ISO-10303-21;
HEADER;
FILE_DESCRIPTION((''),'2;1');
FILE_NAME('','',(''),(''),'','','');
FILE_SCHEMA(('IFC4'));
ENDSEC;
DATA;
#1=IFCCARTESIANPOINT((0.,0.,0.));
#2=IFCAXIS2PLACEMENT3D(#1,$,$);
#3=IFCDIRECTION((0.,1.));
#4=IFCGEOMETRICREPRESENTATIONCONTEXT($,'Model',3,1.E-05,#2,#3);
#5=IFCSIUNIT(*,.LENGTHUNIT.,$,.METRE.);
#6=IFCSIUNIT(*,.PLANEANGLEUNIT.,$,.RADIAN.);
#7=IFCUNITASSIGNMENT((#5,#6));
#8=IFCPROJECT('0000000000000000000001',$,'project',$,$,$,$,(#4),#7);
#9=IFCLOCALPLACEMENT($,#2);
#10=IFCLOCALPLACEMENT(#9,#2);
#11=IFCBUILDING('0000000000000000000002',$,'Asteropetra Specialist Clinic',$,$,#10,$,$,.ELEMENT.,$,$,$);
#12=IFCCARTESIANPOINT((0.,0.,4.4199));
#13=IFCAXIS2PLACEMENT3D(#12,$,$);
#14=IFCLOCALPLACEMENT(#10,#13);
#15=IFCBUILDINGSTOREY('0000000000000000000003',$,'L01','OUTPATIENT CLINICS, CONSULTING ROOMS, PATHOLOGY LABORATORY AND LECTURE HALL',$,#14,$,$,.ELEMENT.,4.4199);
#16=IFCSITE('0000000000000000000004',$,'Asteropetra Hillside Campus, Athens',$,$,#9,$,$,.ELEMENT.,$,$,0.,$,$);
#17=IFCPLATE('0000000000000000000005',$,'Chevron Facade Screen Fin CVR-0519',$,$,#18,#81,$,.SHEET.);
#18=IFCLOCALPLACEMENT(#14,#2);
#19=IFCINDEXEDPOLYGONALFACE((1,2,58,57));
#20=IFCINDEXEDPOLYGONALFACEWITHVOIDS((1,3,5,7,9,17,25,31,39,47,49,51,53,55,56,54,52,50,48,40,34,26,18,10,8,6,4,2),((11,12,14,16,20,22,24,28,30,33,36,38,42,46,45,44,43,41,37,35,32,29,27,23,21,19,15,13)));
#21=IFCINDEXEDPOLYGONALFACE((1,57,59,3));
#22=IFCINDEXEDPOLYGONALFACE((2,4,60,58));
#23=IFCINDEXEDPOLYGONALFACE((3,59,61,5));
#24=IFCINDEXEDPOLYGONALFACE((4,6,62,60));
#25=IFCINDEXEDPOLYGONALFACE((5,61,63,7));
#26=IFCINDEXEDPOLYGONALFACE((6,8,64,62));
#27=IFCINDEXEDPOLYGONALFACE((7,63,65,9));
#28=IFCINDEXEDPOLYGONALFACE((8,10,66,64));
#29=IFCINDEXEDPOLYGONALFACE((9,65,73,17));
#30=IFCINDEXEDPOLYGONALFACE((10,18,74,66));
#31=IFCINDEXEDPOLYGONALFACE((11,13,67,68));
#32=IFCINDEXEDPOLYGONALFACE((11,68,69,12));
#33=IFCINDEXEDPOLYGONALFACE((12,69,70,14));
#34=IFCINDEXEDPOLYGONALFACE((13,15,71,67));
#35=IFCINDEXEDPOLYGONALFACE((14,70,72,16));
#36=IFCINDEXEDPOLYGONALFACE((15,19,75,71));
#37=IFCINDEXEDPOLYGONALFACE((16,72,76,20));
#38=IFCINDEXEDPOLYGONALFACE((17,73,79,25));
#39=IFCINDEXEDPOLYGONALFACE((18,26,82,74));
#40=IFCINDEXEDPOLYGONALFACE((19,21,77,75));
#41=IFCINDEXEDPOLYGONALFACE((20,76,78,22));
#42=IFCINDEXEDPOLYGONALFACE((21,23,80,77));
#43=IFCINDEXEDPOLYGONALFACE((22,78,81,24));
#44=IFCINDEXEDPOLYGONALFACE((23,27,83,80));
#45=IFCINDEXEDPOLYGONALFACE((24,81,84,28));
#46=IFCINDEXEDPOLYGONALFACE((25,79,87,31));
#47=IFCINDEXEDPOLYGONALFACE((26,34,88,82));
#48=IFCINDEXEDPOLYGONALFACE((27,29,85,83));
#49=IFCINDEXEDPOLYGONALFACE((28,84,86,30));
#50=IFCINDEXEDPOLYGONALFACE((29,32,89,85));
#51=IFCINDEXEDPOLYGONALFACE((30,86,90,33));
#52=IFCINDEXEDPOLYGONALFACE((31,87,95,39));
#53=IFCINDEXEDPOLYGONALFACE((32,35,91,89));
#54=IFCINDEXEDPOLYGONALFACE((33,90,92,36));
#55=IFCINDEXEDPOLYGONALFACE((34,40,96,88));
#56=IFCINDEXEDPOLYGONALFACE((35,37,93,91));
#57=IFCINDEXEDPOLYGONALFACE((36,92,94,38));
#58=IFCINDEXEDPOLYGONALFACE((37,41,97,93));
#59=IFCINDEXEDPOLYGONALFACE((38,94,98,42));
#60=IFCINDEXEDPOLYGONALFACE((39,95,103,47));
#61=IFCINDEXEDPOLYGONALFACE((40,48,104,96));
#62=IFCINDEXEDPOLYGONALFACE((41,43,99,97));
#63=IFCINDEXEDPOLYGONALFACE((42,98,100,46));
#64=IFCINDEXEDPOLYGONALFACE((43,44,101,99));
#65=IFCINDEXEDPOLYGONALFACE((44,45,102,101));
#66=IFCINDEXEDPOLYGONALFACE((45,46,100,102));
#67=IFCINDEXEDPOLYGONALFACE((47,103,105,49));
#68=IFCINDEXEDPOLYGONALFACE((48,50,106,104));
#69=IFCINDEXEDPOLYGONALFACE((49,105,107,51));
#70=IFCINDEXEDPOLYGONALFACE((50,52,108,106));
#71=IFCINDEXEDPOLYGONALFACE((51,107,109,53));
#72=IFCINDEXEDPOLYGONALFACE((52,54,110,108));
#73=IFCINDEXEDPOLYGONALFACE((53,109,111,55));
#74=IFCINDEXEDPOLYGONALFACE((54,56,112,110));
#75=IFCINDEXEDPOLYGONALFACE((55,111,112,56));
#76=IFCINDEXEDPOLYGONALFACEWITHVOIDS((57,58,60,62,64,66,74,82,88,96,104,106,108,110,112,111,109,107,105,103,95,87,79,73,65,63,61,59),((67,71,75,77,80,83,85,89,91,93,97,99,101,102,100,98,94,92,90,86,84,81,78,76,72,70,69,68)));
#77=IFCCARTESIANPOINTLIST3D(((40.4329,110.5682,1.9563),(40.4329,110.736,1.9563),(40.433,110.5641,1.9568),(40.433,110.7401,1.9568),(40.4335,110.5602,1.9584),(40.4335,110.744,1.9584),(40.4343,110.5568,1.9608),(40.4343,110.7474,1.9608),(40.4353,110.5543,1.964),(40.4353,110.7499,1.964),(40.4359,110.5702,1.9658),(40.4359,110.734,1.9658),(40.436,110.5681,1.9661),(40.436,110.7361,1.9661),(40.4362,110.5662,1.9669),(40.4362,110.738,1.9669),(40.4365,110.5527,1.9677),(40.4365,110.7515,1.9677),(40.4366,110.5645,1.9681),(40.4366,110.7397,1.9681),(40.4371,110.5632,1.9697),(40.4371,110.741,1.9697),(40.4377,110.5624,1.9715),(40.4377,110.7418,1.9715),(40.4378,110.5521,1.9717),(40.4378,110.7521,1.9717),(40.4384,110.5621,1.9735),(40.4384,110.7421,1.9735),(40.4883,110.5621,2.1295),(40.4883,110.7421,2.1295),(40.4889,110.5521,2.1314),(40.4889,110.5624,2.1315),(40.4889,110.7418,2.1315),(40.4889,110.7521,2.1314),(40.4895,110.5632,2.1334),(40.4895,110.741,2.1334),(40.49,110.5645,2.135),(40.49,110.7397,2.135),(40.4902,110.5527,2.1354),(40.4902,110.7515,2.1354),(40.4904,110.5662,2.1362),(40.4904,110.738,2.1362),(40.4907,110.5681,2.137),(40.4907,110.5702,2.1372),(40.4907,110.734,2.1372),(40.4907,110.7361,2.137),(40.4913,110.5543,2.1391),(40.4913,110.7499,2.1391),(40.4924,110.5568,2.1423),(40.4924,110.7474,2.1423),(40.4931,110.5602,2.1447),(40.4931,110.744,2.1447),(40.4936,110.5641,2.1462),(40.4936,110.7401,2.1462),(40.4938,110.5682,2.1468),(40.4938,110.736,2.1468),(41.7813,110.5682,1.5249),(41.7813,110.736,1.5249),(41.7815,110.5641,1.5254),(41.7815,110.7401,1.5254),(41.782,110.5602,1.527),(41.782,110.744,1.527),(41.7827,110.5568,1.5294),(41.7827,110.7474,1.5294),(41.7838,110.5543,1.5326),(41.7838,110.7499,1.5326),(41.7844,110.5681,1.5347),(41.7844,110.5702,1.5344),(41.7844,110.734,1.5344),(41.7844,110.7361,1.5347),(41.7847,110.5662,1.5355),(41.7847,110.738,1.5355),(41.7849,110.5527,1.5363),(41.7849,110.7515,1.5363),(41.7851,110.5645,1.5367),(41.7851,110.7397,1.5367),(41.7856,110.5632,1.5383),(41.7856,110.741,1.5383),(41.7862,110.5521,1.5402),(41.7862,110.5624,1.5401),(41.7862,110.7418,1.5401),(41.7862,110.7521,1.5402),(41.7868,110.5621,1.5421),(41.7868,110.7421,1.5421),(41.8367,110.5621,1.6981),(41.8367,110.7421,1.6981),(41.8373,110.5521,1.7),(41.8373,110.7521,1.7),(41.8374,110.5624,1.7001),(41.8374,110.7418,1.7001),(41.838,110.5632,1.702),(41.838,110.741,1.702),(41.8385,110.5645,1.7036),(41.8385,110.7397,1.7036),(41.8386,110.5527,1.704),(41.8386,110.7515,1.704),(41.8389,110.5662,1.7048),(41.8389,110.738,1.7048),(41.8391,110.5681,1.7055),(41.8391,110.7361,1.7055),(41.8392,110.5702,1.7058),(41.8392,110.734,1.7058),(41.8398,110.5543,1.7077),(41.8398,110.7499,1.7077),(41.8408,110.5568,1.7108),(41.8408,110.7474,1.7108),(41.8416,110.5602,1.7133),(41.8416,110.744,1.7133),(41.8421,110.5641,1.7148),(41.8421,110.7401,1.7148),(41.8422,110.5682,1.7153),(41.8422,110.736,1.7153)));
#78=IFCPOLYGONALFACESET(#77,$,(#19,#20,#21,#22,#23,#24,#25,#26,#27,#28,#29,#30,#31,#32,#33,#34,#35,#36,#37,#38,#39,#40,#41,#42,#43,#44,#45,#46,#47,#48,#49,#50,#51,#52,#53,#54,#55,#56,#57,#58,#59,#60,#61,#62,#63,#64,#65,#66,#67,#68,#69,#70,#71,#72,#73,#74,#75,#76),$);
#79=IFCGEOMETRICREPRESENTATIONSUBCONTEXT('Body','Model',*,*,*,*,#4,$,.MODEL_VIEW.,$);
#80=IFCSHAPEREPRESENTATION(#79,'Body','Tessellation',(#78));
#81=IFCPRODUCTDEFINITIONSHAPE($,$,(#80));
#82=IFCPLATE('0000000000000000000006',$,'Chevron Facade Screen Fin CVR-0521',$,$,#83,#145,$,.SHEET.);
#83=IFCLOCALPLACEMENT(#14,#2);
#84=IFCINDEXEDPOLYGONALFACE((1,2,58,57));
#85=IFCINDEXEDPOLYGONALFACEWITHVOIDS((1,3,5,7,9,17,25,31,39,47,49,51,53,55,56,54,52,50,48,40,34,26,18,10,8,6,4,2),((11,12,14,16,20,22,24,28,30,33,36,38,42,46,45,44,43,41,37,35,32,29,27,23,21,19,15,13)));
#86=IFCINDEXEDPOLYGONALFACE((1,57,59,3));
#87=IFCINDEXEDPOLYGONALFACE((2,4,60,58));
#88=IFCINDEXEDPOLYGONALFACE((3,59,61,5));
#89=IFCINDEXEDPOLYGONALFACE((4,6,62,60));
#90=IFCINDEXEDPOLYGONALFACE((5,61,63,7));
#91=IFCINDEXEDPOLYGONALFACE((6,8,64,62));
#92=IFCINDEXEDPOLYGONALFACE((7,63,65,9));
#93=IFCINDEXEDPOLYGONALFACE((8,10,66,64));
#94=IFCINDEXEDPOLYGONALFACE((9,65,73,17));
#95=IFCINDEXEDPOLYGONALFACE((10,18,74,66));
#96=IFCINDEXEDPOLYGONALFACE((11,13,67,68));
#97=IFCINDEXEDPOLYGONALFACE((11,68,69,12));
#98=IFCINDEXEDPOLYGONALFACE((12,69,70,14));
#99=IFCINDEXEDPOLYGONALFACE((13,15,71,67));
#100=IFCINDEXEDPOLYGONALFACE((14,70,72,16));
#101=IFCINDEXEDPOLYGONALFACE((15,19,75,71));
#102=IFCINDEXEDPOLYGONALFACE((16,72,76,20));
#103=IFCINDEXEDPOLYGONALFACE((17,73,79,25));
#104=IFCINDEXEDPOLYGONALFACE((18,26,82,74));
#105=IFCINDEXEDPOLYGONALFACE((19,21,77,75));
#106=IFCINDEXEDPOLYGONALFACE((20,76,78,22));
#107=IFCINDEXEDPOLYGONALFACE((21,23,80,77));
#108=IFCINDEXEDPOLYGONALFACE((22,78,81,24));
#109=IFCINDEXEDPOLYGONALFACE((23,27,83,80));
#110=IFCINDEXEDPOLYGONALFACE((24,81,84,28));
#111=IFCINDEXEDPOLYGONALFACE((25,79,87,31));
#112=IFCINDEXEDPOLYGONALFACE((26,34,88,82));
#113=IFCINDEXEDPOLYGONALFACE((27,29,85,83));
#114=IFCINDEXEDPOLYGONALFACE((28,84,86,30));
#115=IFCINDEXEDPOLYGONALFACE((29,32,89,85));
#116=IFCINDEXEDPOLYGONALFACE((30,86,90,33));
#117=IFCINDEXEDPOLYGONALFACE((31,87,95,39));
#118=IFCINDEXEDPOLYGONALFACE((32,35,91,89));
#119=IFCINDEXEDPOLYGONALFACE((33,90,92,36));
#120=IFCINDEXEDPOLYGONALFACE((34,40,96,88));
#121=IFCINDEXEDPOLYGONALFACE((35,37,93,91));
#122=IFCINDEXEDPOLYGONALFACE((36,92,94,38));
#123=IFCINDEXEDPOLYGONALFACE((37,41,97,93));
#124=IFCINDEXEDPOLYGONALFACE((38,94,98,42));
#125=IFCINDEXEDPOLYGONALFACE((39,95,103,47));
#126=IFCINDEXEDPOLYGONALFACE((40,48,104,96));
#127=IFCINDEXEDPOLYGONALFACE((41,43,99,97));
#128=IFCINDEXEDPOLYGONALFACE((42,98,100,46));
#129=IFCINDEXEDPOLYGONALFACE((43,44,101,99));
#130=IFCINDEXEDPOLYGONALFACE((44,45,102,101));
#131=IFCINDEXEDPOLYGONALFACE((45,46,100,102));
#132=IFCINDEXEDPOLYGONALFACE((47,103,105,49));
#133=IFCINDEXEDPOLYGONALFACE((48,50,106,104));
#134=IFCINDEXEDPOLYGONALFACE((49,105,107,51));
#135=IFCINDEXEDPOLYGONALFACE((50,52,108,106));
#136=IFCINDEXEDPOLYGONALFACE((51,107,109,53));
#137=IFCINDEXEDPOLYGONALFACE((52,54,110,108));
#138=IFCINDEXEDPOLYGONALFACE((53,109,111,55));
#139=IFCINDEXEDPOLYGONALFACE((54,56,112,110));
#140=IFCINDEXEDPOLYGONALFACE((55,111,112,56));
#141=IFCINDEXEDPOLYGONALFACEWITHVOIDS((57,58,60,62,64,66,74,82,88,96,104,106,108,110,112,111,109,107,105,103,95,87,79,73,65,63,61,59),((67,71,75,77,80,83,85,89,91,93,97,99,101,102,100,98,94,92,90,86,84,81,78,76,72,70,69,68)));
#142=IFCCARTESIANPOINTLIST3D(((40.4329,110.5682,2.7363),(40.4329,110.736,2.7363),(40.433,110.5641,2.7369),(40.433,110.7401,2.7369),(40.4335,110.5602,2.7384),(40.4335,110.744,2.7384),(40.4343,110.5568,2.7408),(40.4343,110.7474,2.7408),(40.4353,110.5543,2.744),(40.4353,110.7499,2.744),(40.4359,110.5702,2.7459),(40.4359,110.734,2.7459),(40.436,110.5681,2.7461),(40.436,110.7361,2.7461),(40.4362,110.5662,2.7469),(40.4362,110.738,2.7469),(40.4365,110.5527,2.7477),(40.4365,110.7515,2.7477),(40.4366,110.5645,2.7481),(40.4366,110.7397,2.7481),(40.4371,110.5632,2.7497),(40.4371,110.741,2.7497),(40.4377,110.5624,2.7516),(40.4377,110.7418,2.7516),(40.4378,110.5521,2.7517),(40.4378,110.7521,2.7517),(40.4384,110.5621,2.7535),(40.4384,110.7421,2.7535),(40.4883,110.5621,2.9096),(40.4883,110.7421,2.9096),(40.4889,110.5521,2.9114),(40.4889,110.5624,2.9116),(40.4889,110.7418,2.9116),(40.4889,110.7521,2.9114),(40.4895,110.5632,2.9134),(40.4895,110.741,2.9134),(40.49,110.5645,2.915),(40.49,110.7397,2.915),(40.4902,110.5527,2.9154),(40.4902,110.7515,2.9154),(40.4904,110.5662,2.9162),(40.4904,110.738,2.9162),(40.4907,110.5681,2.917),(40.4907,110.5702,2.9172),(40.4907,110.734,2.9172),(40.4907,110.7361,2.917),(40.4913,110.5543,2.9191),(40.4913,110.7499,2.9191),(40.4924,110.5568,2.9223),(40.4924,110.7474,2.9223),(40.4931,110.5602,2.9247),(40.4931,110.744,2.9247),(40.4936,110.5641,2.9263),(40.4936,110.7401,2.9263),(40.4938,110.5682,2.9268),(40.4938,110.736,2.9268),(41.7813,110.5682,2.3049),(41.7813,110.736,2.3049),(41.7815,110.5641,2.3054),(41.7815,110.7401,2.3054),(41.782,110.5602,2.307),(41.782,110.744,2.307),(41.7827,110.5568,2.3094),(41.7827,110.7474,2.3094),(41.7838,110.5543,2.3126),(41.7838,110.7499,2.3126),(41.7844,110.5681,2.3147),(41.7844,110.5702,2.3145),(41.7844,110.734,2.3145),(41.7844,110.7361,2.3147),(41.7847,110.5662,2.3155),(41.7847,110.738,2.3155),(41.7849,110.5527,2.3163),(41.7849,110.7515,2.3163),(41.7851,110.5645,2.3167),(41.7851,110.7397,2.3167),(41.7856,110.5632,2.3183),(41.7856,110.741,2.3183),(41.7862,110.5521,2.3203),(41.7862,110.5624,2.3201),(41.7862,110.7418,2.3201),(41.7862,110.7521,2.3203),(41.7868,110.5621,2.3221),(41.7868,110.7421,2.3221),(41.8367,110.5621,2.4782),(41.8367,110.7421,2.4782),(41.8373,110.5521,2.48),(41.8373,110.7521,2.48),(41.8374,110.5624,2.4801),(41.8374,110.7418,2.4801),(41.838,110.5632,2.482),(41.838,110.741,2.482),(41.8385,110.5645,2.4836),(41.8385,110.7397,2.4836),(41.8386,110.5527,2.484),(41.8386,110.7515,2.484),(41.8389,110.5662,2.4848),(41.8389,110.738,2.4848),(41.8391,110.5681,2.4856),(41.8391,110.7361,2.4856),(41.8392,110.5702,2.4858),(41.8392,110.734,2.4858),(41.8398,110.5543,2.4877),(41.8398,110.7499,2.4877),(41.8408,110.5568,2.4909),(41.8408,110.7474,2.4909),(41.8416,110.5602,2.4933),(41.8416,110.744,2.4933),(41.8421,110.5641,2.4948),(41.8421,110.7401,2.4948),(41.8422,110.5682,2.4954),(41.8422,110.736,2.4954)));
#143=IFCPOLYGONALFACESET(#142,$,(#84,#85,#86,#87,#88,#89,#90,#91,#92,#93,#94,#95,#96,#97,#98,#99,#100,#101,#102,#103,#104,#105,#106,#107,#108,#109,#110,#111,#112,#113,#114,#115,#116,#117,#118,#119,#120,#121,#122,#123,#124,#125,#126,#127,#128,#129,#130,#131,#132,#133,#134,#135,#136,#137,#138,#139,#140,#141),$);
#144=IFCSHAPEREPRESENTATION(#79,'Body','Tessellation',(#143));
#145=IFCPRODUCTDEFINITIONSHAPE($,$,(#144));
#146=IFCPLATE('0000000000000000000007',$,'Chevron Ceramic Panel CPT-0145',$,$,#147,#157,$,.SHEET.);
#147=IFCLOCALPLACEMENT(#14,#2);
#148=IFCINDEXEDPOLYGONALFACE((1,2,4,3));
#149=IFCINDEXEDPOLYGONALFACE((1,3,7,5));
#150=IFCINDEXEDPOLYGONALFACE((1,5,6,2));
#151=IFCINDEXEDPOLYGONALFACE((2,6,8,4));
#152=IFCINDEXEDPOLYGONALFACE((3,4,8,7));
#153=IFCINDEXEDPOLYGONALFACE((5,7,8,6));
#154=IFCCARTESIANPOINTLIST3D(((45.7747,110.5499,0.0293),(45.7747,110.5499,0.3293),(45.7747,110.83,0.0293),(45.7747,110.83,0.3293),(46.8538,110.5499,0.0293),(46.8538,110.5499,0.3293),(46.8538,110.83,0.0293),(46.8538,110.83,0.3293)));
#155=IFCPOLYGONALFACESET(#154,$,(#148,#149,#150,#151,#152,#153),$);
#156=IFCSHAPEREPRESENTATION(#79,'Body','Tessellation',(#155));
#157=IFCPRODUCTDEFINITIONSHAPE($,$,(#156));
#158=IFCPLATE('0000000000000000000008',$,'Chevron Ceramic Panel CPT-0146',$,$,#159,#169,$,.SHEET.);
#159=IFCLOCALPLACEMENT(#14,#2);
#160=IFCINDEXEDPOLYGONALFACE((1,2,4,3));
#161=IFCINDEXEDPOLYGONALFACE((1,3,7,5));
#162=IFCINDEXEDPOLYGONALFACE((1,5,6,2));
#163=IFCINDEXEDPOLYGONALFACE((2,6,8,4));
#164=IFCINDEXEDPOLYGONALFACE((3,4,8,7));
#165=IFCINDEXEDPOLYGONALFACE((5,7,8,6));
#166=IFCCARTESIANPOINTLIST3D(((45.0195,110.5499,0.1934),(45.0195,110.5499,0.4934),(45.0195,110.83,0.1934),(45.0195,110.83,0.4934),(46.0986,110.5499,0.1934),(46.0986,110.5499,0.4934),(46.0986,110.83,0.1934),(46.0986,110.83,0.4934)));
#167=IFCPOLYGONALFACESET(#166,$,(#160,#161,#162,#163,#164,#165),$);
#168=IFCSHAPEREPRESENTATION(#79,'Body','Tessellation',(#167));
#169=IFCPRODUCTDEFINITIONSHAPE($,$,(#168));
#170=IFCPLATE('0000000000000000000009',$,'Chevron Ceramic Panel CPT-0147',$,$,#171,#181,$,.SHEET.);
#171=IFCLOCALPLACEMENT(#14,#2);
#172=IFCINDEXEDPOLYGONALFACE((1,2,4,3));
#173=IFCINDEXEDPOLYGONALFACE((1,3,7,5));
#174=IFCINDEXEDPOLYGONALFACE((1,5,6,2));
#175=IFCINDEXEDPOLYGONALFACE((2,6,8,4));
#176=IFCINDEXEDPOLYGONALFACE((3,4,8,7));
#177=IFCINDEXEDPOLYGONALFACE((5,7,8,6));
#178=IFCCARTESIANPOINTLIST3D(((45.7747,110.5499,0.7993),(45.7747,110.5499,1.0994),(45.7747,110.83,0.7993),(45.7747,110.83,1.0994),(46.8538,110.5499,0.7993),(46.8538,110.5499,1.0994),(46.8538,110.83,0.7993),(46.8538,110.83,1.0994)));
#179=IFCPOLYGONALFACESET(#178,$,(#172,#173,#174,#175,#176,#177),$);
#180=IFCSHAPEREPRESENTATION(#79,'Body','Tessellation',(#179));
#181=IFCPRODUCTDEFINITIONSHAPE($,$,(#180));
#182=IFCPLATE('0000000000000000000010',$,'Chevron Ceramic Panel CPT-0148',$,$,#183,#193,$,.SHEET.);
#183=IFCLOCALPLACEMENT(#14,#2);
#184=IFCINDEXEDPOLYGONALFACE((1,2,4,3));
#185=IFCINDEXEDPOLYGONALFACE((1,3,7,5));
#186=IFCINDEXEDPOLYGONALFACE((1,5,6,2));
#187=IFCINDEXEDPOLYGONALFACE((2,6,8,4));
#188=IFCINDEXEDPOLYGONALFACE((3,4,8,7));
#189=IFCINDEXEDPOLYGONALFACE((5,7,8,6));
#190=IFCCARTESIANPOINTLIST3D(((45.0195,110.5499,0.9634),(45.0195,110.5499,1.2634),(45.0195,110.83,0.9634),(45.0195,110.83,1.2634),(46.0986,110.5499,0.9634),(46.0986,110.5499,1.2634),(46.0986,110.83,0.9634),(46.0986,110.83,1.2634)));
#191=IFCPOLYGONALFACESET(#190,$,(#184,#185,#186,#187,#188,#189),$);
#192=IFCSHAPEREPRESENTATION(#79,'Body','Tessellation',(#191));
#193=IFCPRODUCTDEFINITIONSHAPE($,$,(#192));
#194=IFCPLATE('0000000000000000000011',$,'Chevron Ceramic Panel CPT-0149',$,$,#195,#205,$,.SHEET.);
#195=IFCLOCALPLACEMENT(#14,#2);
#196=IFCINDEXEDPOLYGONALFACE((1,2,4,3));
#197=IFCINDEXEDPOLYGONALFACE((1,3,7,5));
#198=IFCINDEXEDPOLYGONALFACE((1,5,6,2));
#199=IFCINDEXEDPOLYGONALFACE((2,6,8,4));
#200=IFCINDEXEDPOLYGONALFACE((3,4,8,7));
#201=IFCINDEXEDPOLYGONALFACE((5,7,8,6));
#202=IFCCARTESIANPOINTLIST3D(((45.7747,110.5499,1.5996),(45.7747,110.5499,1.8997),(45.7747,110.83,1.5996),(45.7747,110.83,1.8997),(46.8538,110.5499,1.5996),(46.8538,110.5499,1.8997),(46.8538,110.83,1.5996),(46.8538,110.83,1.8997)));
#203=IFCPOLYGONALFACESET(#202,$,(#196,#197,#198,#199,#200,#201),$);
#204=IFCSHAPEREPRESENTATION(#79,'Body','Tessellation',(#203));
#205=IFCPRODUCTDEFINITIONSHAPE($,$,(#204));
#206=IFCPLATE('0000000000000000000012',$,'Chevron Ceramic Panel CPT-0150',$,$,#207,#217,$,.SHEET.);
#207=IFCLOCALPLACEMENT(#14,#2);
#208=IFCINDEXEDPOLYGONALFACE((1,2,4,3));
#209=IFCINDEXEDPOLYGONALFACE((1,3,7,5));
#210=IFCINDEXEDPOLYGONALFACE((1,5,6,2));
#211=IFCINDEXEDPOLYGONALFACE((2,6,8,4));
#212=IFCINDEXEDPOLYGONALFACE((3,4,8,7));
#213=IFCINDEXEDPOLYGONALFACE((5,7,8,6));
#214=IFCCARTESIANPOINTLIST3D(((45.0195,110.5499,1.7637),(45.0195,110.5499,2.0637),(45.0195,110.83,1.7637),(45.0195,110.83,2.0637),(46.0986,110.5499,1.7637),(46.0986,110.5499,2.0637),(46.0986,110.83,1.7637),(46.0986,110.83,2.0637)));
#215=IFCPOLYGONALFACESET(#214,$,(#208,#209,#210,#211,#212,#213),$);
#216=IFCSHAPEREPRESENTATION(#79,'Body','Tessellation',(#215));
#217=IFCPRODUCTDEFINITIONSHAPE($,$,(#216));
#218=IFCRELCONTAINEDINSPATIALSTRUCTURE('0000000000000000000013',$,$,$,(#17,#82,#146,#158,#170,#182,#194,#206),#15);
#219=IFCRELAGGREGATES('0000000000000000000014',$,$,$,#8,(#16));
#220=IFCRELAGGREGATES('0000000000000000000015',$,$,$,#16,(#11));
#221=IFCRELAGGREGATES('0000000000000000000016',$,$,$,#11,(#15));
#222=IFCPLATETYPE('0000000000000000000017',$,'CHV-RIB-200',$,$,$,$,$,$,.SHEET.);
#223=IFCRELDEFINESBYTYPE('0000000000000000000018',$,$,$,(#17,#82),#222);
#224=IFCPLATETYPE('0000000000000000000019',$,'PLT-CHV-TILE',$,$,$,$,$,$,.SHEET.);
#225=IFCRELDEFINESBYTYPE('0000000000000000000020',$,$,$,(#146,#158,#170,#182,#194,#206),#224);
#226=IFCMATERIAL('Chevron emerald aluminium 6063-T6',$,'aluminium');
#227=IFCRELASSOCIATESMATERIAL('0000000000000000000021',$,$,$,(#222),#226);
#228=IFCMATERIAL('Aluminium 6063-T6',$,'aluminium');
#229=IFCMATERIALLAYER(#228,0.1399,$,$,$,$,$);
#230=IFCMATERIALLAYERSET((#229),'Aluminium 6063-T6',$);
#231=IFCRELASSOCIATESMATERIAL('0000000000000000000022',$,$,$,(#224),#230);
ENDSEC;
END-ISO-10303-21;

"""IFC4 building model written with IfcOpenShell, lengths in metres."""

from ifc_helpers import new_model, si_unit, direction, frame, origin, origin_2d, place, context, subcontext, project, spatial, rectangle, hollow_rectangle, extrude, material, layer, layer_set, material_profile, profile_set, type_object, element, save


model = new_model("IFC4")

# Units and contexts
model_context = context("Model", 3, precision=1e-05, world=origin(), true_north=direction((0.0, 1.0)))
body_context = subcontext(model_context, "Body", "Model", "MODEL_VIEW")
ifc_project = project(units=[si_unit("LENGTHUNIT", "METRE"), si_unit("PLANEANGLEUNIT", "RADIAN")], contexts=[model_context])

# Site, building, storey
site_placement = place(None, origin())
site = spatial("IfcSite", under=ifc_project, at=site_placement, Name="Asteropetra Hillside Campus, Athens", CompositionType="ELEMENT", RefElevation=0.0)
building_placement = place(site_placement, origin())
building = spatial("IfcBuilding", under=site, at=building_placement, Name="Asteropetra Specialist Clinic", CompositionType="ELEMENT")
storey_placement = place(building_placement, frame((0.0, 0.0, 4.4199)))
storey = spatial("IfcBuildingStorey", under=building, at=storey_placement, Name="L01", Description="OUTPATIENT CLINICS, CONSULTING ROOMS, PATHOLOGY LABORATORY AND LECTURE HALL", CompositionType="ELEMENT", Elevation=4.4199)

# Plates
ifc_material_1 = material(Name="Chevron emerald aluminium 6063-T6", Category="aluminium")
ifc_material_profile = material_profile(ifc_material_1, hollow_rectangle(XDim=0.2, YDim=0.2, WallThickness=0.01, InnerFilletRadius=0.0081, OuterFilletRadius=0.0161, at=origin_2d()), Name="SHS 200x200x10.0")
ifc_profile_set = profile_set([ifc_material_profile], Name="Chevron emerald aluminium 6063-T6")
plate_type_1 = type_object("IfcPlateType", Name="CHV-RIB-200", PredefinedType="SHEET", material=ifc_profile_set)
for number, where, z_axis, x_axis, name in (
    (1, (41.8118, 110.6521, 1.6201), (-0.952442, 0.0, 0.304719), (0.0, -1.0, 0.0), "Chevron Facade Screen Fin CVR-0519"),
    (2, (41.8118, 110.6521, 2.4001), (-0.952442, 0.0, 0.304719), (0.0, -1.0, 0.0), "Chevron Facade Screen Fin CVR-0521"),
):
    element("IfcPlate", number, at=place(storey_placement, frame(where, z_axis=z_axis, x_axis=x_axis)), inside=storey, type_object=plate_type_1, Name=name, PredefinedType="SHEET", context=body_context, shape_type="SweptSolid", body=[
        extrude(hollow_rectangle(XDim=0.2, YDim=0.2, WallThickness=0.01, InnerFilletRadius=0.0081, OuterFilletRadius=0.0161, at=origin_2d()), origin(), (0.0, 0.0, 1.0), 1.4158),
    ])
ifc_material_2 = material(Name="Aluminium 6063-T6", Category="aluminium")
ifc_layer_1 = layer(ifc_material_2, 0.1399)
ifc_layer_set_1 = layer_set([ifc_layer_1], Name="Aluminium 6063-T6")
plate_type_2 = type_object("IfcPlateType", Name="PLT-CHV-TILE", PredefinedType="SHEET", material=ifc_layer_set_1)
for number, where, z_axis, x_axis, name in (
    (3, (46.3142, 110.6899, 0.0293), (0.0, 0.0, 1.0), (1.0, 0.0, 0.0), "Chevron Ceramic Panel CPT-0145"),
    (4, (45.5591, 110.6899, 0.1934), (0.0, 0.0, 1.0), (1.0, 0.0, 0.0), "Chevron Ceramic Panel CPT-0146"),
    (5, (46.3142, 110.6899, 0.7993), (0.0, 0.0, 1.0), (1.0, 0.0, 0.0), "Chevron Ceramic Panel CPT-0147"),
    (6, (45.5591, 110.6899, 0.9634), (0.0, 0.0, 1.0), (1.0, 0.0, 0.0), "Chevron Ceramic Panel CPT-0148"),
    (7, (46.3142, 110.6899, 1.5996), (0.0, 0.0, 1.0), (1.0, 0.0, 0.0), "Chevron Ceramic Panel CPT-0149"),
    (8, (45.5591, 110.6899, 1.7637), (0.0, 0.0, 1.0), (1.0, 0.0, 0.0), "Chevron Ceramic Panel CPT-0150"),
):
    element("IfcPlate", number, at=place(storey_placement, frame(where, z_axis=z_axis, x_axis=x_axis)), inside=storey, type_object=plate_type_2, Name=name, PredefinedType="SHEET", context=body_context, shape_type="SweptSolid", body=[
        extrude(rectangle(XDim=1.0791, YDim=0.28, at=origin_2d()), origin(), (0.0, 0.0, 1.0), 0.3),
    ])

save(model, "model.ifc")
